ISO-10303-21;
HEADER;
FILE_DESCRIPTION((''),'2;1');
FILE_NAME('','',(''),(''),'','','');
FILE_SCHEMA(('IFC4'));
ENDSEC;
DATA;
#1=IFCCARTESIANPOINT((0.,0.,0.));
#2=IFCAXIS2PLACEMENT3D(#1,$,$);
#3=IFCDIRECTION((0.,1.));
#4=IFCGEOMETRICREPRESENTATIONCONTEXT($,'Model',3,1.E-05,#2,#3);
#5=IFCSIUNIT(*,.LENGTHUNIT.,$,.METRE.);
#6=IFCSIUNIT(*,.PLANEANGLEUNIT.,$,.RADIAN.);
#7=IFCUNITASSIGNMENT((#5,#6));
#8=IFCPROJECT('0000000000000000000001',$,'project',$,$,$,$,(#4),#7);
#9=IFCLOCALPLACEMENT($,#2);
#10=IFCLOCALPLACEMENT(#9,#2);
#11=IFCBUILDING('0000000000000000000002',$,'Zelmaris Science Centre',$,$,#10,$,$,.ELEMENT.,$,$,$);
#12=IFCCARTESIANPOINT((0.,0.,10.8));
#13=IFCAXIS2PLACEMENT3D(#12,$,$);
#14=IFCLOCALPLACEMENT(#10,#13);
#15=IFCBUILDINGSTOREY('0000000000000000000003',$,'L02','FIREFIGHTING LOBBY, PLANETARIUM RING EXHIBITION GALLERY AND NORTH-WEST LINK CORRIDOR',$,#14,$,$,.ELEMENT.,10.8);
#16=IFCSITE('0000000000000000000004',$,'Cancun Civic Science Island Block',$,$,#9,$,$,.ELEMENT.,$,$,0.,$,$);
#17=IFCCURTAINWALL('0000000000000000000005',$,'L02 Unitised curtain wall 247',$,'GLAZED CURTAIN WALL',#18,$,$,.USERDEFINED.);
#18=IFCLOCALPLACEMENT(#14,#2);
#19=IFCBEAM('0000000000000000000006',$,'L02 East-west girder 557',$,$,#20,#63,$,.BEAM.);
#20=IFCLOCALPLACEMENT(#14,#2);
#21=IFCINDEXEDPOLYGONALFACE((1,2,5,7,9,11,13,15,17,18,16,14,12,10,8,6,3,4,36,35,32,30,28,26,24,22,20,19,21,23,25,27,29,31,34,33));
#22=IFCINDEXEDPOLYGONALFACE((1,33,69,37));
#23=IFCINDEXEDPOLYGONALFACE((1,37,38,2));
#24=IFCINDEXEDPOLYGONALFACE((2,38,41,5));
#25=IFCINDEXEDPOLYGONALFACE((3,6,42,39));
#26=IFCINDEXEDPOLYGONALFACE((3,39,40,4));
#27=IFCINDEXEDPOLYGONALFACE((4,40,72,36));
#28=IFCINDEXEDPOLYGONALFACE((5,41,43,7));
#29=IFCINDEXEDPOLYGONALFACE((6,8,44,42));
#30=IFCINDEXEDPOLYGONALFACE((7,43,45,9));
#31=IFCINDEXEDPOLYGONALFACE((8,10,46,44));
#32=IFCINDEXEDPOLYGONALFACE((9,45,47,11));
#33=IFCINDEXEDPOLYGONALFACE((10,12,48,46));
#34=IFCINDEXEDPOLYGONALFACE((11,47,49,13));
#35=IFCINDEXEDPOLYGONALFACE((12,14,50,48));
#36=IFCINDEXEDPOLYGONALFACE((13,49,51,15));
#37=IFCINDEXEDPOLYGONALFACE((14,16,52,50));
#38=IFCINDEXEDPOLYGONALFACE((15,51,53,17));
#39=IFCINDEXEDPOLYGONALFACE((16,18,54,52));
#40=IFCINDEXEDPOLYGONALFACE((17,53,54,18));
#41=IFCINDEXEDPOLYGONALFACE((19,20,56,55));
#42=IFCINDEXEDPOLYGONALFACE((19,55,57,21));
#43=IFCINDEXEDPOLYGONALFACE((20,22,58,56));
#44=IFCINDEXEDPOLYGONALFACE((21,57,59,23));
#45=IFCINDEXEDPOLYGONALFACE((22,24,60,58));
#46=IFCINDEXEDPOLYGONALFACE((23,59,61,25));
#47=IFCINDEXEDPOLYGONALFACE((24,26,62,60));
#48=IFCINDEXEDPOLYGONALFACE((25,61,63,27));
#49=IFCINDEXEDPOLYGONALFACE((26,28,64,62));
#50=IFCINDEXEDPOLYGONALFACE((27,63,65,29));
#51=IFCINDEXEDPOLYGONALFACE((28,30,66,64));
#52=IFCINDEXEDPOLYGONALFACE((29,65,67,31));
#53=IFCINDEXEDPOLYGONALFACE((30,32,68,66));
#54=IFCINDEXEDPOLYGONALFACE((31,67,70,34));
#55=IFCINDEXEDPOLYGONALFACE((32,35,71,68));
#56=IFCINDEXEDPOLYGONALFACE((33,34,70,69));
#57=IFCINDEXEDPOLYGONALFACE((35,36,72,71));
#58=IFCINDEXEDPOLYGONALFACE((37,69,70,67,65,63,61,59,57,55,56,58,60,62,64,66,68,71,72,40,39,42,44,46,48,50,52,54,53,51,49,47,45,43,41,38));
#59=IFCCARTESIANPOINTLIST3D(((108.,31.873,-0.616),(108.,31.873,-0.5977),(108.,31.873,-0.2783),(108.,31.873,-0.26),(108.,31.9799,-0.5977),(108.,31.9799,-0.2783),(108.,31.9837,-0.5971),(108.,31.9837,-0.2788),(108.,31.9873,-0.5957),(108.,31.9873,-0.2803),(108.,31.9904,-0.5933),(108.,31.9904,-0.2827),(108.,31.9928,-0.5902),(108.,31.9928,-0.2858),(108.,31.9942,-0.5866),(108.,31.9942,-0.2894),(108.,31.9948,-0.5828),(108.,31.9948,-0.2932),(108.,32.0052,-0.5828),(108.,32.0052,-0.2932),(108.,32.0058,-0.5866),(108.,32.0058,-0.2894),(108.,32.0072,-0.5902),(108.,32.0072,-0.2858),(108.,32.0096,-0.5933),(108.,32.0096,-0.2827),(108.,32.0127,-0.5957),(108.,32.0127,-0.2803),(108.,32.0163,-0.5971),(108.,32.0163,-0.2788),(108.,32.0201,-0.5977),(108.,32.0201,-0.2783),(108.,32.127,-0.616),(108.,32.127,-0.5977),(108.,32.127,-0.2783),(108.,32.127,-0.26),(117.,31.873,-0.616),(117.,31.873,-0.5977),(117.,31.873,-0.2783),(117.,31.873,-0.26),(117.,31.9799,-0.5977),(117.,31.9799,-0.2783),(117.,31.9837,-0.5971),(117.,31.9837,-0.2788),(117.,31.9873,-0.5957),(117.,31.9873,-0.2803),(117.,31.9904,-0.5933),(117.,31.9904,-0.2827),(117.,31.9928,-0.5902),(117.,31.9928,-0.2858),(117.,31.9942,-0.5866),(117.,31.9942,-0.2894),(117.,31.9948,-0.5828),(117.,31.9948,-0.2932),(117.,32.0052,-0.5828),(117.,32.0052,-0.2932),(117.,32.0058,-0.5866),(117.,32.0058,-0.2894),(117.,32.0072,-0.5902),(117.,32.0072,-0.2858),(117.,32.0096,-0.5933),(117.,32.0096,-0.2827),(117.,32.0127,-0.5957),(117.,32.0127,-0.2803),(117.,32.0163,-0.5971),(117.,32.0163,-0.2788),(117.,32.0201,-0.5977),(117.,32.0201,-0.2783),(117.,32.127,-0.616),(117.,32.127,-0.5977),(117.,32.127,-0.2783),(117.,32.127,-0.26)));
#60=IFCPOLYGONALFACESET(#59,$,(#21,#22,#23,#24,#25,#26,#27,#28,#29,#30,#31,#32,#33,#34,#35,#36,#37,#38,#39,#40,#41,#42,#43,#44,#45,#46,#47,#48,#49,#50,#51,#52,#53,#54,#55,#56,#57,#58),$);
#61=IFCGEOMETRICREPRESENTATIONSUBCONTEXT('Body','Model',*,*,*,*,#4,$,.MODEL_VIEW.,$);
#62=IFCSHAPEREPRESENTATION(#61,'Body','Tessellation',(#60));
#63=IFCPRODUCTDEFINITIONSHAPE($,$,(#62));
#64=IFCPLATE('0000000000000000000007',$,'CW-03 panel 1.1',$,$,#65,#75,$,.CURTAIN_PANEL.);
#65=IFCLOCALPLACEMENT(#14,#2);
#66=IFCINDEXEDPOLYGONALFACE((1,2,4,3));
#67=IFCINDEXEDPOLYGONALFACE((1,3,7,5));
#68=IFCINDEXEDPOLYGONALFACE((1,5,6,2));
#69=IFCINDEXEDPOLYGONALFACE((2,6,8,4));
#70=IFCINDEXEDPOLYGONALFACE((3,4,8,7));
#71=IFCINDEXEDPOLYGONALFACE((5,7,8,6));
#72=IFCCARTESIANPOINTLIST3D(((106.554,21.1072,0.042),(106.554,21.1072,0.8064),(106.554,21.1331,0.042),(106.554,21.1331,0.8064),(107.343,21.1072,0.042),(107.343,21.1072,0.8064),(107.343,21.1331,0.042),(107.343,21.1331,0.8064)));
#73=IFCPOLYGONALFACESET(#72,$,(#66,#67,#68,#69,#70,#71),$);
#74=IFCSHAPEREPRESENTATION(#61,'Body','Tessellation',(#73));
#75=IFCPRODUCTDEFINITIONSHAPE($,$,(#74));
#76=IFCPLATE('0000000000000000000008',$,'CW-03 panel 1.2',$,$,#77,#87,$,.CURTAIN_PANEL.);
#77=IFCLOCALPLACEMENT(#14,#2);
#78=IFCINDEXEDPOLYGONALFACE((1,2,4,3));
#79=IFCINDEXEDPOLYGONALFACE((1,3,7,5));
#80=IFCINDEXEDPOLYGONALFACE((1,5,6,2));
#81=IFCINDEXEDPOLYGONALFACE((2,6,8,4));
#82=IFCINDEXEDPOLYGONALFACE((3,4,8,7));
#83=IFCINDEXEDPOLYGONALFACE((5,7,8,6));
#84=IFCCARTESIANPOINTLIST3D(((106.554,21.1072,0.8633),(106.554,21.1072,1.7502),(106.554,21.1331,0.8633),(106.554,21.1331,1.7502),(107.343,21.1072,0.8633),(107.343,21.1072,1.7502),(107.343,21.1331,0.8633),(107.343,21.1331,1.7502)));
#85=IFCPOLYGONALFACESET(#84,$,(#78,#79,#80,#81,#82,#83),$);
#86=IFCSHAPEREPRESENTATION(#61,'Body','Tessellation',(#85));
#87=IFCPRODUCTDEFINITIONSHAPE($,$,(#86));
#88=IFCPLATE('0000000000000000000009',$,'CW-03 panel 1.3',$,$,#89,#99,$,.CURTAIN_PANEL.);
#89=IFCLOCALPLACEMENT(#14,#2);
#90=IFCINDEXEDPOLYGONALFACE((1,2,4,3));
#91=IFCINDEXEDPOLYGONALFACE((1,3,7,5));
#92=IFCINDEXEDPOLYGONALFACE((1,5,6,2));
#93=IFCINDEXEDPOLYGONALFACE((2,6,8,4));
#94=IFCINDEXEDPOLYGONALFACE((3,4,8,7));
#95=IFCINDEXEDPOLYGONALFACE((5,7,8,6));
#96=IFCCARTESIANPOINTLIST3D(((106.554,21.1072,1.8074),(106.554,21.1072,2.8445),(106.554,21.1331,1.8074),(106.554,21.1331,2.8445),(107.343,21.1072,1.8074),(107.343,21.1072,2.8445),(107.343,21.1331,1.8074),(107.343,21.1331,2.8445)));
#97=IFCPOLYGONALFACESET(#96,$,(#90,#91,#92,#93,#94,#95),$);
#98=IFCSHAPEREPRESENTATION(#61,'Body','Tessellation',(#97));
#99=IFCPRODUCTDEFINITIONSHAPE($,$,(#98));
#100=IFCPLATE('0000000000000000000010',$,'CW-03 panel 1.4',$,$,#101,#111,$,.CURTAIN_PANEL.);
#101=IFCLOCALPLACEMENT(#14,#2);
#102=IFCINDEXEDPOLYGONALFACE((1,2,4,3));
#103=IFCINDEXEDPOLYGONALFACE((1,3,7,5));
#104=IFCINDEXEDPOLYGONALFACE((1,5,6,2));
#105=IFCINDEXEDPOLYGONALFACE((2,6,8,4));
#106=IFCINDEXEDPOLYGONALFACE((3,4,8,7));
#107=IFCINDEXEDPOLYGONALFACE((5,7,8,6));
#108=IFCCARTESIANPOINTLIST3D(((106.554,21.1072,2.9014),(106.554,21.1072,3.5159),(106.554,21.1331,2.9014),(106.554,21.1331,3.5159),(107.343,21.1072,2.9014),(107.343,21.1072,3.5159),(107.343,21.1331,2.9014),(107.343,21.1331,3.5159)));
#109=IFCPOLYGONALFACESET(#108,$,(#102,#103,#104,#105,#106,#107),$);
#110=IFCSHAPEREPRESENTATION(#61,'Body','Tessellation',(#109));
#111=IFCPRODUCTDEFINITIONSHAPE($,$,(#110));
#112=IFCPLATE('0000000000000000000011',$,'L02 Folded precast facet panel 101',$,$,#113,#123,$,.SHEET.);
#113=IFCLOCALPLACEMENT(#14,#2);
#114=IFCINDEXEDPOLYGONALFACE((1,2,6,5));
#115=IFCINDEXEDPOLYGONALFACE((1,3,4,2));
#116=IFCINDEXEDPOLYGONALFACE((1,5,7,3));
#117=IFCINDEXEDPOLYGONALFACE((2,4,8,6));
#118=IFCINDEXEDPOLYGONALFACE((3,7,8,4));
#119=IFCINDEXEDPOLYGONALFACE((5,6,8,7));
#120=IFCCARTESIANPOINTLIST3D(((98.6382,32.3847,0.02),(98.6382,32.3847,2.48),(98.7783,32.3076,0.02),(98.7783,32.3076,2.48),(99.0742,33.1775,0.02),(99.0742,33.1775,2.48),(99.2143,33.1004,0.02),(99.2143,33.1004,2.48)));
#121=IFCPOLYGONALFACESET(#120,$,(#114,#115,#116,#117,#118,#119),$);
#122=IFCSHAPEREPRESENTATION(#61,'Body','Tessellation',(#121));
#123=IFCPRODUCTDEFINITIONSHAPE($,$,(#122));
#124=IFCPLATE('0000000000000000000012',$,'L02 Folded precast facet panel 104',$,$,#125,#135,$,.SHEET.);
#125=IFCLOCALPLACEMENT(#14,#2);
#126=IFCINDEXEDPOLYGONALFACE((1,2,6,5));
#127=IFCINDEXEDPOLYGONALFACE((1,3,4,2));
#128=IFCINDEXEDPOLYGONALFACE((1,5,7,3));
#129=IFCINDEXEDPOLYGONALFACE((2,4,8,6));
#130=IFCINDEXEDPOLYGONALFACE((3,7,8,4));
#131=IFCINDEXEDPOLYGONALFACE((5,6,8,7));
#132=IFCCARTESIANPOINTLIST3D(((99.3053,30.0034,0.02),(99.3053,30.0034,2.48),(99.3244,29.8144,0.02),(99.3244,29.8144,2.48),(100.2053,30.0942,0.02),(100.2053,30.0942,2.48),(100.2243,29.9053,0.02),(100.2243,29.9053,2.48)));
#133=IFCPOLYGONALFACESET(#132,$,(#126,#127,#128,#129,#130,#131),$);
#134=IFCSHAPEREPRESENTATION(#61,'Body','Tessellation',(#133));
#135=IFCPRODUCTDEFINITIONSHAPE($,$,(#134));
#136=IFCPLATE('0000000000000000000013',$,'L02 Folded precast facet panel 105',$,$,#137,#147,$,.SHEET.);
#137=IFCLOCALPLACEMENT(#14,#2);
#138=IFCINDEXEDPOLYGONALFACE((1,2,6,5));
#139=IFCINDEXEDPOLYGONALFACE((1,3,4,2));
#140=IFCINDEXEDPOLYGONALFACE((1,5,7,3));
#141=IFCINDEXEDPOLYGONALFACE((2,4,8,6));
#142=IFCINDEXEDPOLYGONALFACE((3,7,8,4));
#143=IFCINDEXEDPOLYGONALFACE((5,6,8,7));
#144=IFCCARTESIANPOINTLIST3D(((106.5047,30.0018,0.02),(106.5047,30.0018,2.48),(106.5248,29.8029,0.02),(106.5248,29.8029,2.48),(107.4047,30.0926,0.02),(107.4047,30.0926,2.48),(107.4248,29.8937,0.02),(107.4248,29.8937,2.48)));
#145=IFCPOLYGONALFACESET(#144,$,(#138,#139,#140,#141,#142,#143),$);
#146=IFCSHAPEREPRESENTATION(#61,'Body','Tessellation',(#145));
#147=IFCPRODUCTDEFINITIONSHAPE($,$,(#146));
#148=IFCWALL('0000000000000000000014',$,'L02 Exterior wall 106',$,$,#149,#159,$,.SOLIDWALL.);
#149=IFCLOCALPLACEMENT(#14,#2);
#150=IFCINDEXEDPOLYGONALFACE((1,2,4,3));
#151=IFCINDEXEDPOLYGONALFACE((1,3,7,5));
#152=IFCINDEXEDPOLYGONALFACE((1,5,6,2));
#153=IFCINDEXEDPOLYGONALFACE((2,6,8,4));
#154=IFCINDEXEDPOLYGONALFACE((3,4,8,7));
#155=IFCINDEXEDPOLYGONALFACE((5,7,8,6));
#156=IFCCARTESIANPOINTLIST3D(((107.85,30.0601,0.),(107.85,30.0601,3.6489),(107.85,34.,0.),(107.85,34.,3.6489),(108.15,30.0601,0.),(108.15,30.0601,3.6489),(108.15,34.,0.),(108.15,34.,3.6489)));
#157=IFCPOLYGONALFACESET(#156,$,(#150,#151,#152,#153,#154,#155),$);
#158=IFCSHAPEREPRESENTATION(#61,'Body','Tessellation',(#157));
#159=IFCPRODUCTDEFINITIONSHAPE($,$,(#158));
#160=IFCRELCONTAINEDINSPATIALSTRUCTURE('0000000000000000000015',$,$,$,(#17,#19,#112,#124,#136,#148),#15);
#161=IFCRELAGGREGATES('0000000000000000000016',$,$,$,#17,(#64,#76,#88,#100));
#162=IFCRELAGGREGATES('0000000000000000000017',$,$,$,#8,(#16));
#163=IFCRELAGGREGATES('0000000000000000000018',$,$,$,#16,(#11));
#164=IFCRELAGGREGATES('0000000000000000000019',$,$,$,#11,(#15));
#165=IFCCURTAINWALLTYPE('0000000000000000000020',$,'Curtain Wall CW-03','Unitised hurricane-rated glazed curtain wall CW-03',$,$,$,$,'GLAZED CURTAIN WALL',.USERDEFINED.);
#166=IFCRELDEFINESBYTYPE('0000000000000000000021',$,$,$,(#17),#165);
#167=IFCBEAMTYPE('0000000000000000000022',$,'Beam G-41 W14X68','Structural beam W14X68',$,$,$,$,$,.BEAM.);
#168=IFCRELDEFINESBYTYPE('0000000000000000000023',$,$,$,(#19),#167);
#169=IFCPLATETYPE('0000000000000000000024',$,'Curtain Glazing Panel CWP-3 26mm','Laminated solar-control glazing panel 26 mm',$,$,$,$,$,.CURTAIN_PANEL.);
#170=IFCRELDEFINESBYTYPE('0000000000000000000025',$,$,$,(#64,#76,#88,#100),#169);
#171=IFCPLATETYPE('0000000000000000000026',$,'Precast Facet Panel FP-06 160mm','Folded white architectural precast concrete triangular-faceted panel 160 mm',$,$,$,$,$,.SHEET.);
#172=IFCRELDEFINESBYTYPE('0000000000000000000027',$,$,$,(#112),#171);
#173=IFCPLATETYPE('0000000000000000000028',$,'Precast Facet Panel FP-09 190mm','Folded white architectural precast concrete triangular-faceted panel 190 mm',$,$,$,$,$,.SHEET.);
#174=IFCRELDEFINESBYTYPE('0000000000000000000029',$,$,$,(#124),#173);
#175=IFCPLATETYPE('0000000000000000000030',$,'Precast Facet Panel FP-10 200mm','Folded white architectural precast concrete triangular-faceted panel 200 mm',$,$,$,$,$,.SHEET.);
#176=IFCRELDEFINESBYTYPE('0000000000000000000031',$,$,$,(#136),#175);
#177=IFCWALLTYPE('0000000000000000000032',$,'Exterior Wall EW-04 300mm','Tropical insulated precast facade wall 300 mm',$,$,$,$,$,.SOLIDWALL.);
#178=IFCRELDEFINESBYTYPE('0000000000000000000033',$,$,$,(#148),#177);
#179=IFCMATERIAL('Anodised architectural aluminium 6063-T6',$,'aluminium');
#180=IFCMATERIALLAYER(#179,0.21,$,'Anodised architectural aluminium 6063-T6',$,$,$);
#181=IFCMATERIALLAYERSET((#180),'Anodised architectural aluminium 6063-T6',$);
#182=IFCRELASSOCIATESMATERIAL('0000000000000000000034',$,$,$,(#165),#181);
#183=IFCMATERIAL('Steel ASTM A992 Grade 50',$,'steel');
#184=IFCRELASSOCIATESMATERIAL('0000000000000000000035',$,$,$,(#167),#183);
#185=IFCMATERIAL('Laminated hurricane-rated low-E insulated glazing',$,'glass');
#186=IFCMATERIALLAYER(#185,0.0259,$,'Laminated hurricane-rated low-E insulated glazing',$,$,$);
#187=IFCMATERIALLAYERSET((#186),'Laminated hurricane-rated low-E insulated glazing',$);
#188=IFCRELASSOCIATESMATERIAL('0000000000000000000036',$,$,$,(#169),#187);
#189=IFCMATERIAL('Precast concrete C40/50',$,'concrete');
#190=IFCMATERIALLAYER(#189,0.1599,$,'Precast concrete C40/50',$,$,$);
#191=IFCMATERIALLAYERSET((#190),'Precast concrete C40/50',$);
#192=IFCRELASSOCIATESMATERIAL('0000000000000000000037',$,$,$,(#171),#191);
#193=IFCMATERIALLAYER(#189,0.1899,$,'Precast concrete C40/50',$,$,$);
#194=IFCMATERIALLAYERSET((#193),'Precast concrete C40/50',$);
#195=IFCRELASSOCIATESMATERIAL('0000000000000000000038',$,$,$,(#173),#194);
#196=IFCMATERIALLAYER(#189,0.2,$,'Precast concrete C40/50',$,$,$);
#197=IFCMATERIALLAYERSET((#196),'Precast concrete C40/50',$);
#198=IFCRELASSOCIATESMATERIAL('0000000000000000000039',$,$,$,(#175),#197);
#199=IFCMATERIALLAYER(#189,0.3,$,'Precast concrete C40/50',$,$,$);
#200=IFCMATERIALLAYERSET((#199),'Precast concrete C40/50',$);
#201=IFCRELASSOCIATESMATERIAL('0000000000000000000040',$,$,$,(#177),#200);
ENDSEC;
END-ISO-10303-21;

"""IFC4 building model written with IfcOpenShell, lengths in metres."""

from ifc_helpers import new_model, si_unit, direction, frame, frame_2d, origin, origin_2d, place, context, subcontext, project, spatial, rectangle, i_section, extrude, material, layer, layer_set, material_profile, profile_set, type_object, element, aggregate, save


model = new_model("IFC4")

# Units and contexts
model_context = context("Model", 3, precision=1e-05, world=origin(), true_north=direction((0.0, 1.0)))
body_context = subcontext(model_context, "Body", "Model", "MODEL_VIEW")
ifc_project = project(units=[si_unit("LENGTHUNIT", "METRE"), si_unit("PLANEANGLEUNIT", "RADIAN")], contexts=[model_context])

# Site, building, storey
site_placement = place(None, origin())
site = spatial("IfcSite", under=ifc_project, at=site_placement, Name="Cancun Civic Science Island Block", CompositionType="ELEMENT", RefElevation=0.0)
building_placement = place(site_placement, origin())
building = spatial("IfcBuilding", under=site, at=building_placement, Name="Zelmaris Science Centre", CompositionType="ELEMENT")
storey_placement = place(building_placement, frame((0.0, 0.0, 10.8)))
storey = spatial("IfcBuildingStorey", under=building, at=storey_placement, Name="L02", Description="FIREFIGHTING LOBBY, PLANETARIUM RING EXHIBITION GALLERY AND NORTH-WEST LINK CORRIDOR", CompositionType="ELEMENT", Elevation=10.8)

# Shared definitions
ifc_material_1 = material(Name="Steel ASTM A992 Grade 50", Category="steel")

# Curtain wall
ifc_material_2 = material(Name="Anodised architectural aluminium 6063-T6", Category="aluminium")
ifc_layer_1 = layer(ifc_material_2, 0.21, Name="Anodised architectural aluminium 6063-T6")
ifc_layer_set_1 = layer_set([ifc_layer_1], Name="Anodised architectural aluminium 6063-T6")
curtain_wall_type = type_object("IfcCurtainWallType", Name="Curtain Wall CW-03", Description="Unitised hurricane-rated glazed curtain wall CW-03", ElementType="GLAZED CURTAIN WALL", PredefinedType="USERDEFINED", material=ifc_layer_set_1)
curtain_wall_placement = place(storey_placement, origin())
curtain_wall = element("IfcCurtainWall", 1, at=curtain_wall_placement, inside=storey, type_object=curtain_wall_type, Name="L02 Unitised curtain wall 247", ObjectType="GLAZED CURTAIN WALL", PredefinedType="USERDEFINED")

# Beam
ifc_material_profile_1 = material_profile(ifc_material_1, i_section(OverallWidth=0.2539, OverallDepth=0.356, WebThickness=0.0105, FlangeThickness=0.0183, FilletRadius=0.0149, at=origin_2d()), Name="W14X68")
ifc_profile_set_1 = profile_set([ifc_material_profile_1], Name="Steel ASTM A992 Grade 50")
beam_type_1 = type_object("IfcBeamType", Name="Beam G-41 W14X68", Description="Structural beam W14X68", PredefinedType="BEAM", material=ifc_profile_set_1)
beam_1_placement = place(storey_placement, frame((108.0, 32.0, -0.438), z_axis=(1.0, 0.0, 0.0), x_axis=(0.0, 1.0, 0.0)))
element("IfcBeam", 2, at=beam_1_placement, inside=storey, type_object=beam_type_1, Name="L02 East-west girder 557", PredefinedType="BEAM", context=body_context, shape_type="SweptSolid", body=[
    extrude(i_section(OverallWidth=0.2539, OverallDepth=0.356, WebThickness=0.0105, FlangeThickness=0.0183, FilletRadius=0.0149, at=origin_2d()), origin(), (0.0, 0.0, 1.0), 9.0),
])

# Plates
ifc_material_3 = material(Name="Laminated hurricane-rated low-E insulated glazing", Category="glass")
ifc_layer_2 = layer(ifc_material_3, 0.0259, Name="Laminated hurricane-rated low-E insulated glazing")
ifc_layer_set_2 = layer_set([ifc_layer_2], Name="Laminated hurricane-rated low-E insulated glazing")
plate_type_1 = type_object("IfcPlateType", Name="Curtain Glazing Panel CWP-3 26mm", Description="Laminated solar-control glazing panel 26 mm", PredefinedType="CURTAIN_PANEL", material=ifc_layer_set_2)
plate_1_placement = place(storey_placement, frame((106.9485, 21.1201, 0.042), z_axis=(0.0, 0.0, 1.0), x_axis=(-1.0, 0.0, 0.0)))
plate_1 = element("IfcPlate", 3, at=plate_1_placement, type_object=plate_type_1, Name="CW-03 panel 1.1", PredefinedType="CURTAIN_PANEL", context=body_context, shape_type="SweptSolid", body=[
    extrude(rectangle(XDim=0.7891, YDim=0.0259, at=origin_2d()), origin(), (0.0, 0.0, 1.0), 0.7644),
])
plate_2_placement = place(storey_placement, frame((106.9485, 21.1201, 0.8633), z_axis=(0.0, 0.0, 1.0), x_axis=(-1.0, 0.0, 0.0)))
plate_2 = element("IfcPlate", 4, at=plate_2_placement, type_object=plate_type_1, Name="CW-03 panel 1.2", PredefinedType="CURTAIN_PANEL", context=body_context, shape_type="SweptSolid", body=[
    extrude(rectangle(XDim=0.7891, YDim=0.0259, at=origin_2d()), origin(), (0.0, 0.0, 1.0), 0.887),
])
plate_3_placement = place(storey_placement, frame((106.9485, 21.1201, 1.8074), z_axis=(0.0, 0.0, 1.0), x_axis=(-1.0, 0.0, 0.0)))
plate_3 = element("IfcPlate", 5, at=plate_3_placement, type_object=plate_type_1, Name="CW-03 panel 1.3", PredefinedType="CURTAIN_PANEL", context=body_context, shape_type="SweptSolid", body=[
    extrude(rectangle(XDim=0.7891, YDim=0.0259, at=origin_2d()), origin(), (0.0, 0.0, 1.0), 1.0371),
])
plate_4_placement = place(storey_placement, frame((106.9485, 21.1201, 2.9014), z_axis=(0.0, 0.0, 1.0), x_axis=(-1.0, 0.0, 0.0)))
plate_4 = element("IfcPlate", 6, at=plate_4_placement, type_object=plate_type_1, Name="CW-03 panel 1.4", PredefinedType="CURTAIN_PANEL", context=body_context, shape_type="SweptSolid", body=[
    extrude(rectangle(XDim=0.7891, YDim=0.0259, at=origin_2d()), origin(), (0.0, 0.0, 1.0), 0.6145),
])
aggregate(curtain_wall, [plate_1, plate_2, plate_3, plate_4])

# Plates
ifc_material_4 = material(Name="Precast concrete C40/50", Category="concrete")
ifc_layer_3 = layer(ifc_material_4, 0.1599, Name="Precast concrete C40/50")
ifc_layer_set_3 = layer_set([ifc_layer_3], Name="Precast concrete C40/50")
plate_type_2 = type_object("IfcPlateType", Name="Precast Facet Panel FP-06 160mm", Description="Folded white architectural precast concrete triangular-faceted panel 160 mm", PredefinedType="SHEET", material=ifc_layer_set_3)
plate_5_placement = place(storey_placement, frame((99.1443, 33.1389, 0.02), z_axis=(0.0, 0.0, 1.0), x_axis=(-0.48195, -0.876199, 0.0)))
element("IfcPlate", 7, at=plate_5_placement, inside=storey, type_object=plate_type_2, Name="L02 Folded precast facet panel 101", PredefinedType="SHEET", context=body_context, shape_type="SweptSolid", body=[
    extrude(rectangle(XDim=0.9048, YDim=0.1599, at=frame_2d((0.4524, 0.0))), origin(), (0.0, 0.0, 1.0), 2.46),
])
ifc_layer_4 = layer(ifc_material_4, 0.1899, Name="Precast concrete C40/50")
ifc_layer_set_4 = layer_set([ifc_layer_4], Name="Precast concrete C40/50")
plate_type_3 = type_object("IfcPlateType", Name="Precast Facet Panel FP-09 190mm", Description="Folded white architectural precast concrete triangular-faceted panel 190 mm", PredefinedType="SHEET", material=ifc_layer_set_4)
plate_6_placement = place(storey_placement, frame((99.3149, 29.9089, 0.02), z_axis=(0.0, 0.0, 1.0), x_axis=(0.994946, 0.100412, 0.0)))
element("IfcPlate", 8, at=plate_6_placement, inside=storey, type_object=plate_type_3, Name="L02 Folded precast facet panel 104", PredefinedType="SHEET", context=body_context, shape_type="SweptSolid", body=[
    extrude(rectangle(XDim=0.9045, YDim=0.1899, at=frame_2d((0.4521, 0.0))), origin(), (0.0, 0.0, 1.0), 2.46),
])
ifc_layer_5 = layer(ifc_material_4, 0.2, Name="Precast concrete C40/50")
ifc_layer_set_5 = layer_set([ifc_layer_5], Name="Precast concrete C40/50")
plate_type_4 = type_object("IfcPlateType", Name="Precast Facet Panel FP-10 200mm", Description="Folded white architectural precast concrete triangular-faceted panel 200 mm", PredefinedType="SHEET", material=ifc_layer_set_5)
plate_7_placement = place(storey_placement, frame((106.5149, 29.9023, 0.02), z_axis=(0.0, 0.0, 1.0), x_axis=(0.994946, 0.100412, 0.0)))
element("IfcPlate", 9, at=plate_7_placement, inside=storey, type_object=plate_type_4, Name="L02 Folded precast facet panel 105", PredefinedType="SHEET", context=body_context, shape_type="SweptSolid", body=[
    extrude(rectangle(XDim=0.9045, YDim=0.2, at=frame_2d((0.4521, 0.0))), origin(), (0.0, 0.0, 1.0), 2.46),
])

# Wall
ifc_layer_6 = layer(ifc_material_4, 0.3, Name="Precast concrete C40/50")
ifc_layer_set_6 = layer_set([ifc_layer_6], Name="Precast concrete C40/50")
wall_type_1 = type_object("IfcWallType", Name="Exterior Wall EW-04 300mm", Description="Tropical insulated precast facade wall 300 mm", PredefinedType="SOLIDWALL", material=ifc_layer_set_6)
wall_1_placement = place(storey_placement, frame((108.0, 30.0601, 0.0), z_axis=(0.0, 0.0, 1.0), x_axis=(0.0, 1.0, 0.0)))
element("IfcWall", 10, at=wall_1_placement, inside=storey, type_object=wall_type_1, Name="L02 Exterior wall 106", PredefinedType="SOLIDWALL", context=body_context, shape_type="SweptSolid", body=[
    extrude(rectangle(XDim=3.9399, YDim=0.3, at=frame_2d((1.97, 0.0))), origin(), (0.0, 0.0, 1.0), 3.6489),
])

save(model, "model.ifc")
